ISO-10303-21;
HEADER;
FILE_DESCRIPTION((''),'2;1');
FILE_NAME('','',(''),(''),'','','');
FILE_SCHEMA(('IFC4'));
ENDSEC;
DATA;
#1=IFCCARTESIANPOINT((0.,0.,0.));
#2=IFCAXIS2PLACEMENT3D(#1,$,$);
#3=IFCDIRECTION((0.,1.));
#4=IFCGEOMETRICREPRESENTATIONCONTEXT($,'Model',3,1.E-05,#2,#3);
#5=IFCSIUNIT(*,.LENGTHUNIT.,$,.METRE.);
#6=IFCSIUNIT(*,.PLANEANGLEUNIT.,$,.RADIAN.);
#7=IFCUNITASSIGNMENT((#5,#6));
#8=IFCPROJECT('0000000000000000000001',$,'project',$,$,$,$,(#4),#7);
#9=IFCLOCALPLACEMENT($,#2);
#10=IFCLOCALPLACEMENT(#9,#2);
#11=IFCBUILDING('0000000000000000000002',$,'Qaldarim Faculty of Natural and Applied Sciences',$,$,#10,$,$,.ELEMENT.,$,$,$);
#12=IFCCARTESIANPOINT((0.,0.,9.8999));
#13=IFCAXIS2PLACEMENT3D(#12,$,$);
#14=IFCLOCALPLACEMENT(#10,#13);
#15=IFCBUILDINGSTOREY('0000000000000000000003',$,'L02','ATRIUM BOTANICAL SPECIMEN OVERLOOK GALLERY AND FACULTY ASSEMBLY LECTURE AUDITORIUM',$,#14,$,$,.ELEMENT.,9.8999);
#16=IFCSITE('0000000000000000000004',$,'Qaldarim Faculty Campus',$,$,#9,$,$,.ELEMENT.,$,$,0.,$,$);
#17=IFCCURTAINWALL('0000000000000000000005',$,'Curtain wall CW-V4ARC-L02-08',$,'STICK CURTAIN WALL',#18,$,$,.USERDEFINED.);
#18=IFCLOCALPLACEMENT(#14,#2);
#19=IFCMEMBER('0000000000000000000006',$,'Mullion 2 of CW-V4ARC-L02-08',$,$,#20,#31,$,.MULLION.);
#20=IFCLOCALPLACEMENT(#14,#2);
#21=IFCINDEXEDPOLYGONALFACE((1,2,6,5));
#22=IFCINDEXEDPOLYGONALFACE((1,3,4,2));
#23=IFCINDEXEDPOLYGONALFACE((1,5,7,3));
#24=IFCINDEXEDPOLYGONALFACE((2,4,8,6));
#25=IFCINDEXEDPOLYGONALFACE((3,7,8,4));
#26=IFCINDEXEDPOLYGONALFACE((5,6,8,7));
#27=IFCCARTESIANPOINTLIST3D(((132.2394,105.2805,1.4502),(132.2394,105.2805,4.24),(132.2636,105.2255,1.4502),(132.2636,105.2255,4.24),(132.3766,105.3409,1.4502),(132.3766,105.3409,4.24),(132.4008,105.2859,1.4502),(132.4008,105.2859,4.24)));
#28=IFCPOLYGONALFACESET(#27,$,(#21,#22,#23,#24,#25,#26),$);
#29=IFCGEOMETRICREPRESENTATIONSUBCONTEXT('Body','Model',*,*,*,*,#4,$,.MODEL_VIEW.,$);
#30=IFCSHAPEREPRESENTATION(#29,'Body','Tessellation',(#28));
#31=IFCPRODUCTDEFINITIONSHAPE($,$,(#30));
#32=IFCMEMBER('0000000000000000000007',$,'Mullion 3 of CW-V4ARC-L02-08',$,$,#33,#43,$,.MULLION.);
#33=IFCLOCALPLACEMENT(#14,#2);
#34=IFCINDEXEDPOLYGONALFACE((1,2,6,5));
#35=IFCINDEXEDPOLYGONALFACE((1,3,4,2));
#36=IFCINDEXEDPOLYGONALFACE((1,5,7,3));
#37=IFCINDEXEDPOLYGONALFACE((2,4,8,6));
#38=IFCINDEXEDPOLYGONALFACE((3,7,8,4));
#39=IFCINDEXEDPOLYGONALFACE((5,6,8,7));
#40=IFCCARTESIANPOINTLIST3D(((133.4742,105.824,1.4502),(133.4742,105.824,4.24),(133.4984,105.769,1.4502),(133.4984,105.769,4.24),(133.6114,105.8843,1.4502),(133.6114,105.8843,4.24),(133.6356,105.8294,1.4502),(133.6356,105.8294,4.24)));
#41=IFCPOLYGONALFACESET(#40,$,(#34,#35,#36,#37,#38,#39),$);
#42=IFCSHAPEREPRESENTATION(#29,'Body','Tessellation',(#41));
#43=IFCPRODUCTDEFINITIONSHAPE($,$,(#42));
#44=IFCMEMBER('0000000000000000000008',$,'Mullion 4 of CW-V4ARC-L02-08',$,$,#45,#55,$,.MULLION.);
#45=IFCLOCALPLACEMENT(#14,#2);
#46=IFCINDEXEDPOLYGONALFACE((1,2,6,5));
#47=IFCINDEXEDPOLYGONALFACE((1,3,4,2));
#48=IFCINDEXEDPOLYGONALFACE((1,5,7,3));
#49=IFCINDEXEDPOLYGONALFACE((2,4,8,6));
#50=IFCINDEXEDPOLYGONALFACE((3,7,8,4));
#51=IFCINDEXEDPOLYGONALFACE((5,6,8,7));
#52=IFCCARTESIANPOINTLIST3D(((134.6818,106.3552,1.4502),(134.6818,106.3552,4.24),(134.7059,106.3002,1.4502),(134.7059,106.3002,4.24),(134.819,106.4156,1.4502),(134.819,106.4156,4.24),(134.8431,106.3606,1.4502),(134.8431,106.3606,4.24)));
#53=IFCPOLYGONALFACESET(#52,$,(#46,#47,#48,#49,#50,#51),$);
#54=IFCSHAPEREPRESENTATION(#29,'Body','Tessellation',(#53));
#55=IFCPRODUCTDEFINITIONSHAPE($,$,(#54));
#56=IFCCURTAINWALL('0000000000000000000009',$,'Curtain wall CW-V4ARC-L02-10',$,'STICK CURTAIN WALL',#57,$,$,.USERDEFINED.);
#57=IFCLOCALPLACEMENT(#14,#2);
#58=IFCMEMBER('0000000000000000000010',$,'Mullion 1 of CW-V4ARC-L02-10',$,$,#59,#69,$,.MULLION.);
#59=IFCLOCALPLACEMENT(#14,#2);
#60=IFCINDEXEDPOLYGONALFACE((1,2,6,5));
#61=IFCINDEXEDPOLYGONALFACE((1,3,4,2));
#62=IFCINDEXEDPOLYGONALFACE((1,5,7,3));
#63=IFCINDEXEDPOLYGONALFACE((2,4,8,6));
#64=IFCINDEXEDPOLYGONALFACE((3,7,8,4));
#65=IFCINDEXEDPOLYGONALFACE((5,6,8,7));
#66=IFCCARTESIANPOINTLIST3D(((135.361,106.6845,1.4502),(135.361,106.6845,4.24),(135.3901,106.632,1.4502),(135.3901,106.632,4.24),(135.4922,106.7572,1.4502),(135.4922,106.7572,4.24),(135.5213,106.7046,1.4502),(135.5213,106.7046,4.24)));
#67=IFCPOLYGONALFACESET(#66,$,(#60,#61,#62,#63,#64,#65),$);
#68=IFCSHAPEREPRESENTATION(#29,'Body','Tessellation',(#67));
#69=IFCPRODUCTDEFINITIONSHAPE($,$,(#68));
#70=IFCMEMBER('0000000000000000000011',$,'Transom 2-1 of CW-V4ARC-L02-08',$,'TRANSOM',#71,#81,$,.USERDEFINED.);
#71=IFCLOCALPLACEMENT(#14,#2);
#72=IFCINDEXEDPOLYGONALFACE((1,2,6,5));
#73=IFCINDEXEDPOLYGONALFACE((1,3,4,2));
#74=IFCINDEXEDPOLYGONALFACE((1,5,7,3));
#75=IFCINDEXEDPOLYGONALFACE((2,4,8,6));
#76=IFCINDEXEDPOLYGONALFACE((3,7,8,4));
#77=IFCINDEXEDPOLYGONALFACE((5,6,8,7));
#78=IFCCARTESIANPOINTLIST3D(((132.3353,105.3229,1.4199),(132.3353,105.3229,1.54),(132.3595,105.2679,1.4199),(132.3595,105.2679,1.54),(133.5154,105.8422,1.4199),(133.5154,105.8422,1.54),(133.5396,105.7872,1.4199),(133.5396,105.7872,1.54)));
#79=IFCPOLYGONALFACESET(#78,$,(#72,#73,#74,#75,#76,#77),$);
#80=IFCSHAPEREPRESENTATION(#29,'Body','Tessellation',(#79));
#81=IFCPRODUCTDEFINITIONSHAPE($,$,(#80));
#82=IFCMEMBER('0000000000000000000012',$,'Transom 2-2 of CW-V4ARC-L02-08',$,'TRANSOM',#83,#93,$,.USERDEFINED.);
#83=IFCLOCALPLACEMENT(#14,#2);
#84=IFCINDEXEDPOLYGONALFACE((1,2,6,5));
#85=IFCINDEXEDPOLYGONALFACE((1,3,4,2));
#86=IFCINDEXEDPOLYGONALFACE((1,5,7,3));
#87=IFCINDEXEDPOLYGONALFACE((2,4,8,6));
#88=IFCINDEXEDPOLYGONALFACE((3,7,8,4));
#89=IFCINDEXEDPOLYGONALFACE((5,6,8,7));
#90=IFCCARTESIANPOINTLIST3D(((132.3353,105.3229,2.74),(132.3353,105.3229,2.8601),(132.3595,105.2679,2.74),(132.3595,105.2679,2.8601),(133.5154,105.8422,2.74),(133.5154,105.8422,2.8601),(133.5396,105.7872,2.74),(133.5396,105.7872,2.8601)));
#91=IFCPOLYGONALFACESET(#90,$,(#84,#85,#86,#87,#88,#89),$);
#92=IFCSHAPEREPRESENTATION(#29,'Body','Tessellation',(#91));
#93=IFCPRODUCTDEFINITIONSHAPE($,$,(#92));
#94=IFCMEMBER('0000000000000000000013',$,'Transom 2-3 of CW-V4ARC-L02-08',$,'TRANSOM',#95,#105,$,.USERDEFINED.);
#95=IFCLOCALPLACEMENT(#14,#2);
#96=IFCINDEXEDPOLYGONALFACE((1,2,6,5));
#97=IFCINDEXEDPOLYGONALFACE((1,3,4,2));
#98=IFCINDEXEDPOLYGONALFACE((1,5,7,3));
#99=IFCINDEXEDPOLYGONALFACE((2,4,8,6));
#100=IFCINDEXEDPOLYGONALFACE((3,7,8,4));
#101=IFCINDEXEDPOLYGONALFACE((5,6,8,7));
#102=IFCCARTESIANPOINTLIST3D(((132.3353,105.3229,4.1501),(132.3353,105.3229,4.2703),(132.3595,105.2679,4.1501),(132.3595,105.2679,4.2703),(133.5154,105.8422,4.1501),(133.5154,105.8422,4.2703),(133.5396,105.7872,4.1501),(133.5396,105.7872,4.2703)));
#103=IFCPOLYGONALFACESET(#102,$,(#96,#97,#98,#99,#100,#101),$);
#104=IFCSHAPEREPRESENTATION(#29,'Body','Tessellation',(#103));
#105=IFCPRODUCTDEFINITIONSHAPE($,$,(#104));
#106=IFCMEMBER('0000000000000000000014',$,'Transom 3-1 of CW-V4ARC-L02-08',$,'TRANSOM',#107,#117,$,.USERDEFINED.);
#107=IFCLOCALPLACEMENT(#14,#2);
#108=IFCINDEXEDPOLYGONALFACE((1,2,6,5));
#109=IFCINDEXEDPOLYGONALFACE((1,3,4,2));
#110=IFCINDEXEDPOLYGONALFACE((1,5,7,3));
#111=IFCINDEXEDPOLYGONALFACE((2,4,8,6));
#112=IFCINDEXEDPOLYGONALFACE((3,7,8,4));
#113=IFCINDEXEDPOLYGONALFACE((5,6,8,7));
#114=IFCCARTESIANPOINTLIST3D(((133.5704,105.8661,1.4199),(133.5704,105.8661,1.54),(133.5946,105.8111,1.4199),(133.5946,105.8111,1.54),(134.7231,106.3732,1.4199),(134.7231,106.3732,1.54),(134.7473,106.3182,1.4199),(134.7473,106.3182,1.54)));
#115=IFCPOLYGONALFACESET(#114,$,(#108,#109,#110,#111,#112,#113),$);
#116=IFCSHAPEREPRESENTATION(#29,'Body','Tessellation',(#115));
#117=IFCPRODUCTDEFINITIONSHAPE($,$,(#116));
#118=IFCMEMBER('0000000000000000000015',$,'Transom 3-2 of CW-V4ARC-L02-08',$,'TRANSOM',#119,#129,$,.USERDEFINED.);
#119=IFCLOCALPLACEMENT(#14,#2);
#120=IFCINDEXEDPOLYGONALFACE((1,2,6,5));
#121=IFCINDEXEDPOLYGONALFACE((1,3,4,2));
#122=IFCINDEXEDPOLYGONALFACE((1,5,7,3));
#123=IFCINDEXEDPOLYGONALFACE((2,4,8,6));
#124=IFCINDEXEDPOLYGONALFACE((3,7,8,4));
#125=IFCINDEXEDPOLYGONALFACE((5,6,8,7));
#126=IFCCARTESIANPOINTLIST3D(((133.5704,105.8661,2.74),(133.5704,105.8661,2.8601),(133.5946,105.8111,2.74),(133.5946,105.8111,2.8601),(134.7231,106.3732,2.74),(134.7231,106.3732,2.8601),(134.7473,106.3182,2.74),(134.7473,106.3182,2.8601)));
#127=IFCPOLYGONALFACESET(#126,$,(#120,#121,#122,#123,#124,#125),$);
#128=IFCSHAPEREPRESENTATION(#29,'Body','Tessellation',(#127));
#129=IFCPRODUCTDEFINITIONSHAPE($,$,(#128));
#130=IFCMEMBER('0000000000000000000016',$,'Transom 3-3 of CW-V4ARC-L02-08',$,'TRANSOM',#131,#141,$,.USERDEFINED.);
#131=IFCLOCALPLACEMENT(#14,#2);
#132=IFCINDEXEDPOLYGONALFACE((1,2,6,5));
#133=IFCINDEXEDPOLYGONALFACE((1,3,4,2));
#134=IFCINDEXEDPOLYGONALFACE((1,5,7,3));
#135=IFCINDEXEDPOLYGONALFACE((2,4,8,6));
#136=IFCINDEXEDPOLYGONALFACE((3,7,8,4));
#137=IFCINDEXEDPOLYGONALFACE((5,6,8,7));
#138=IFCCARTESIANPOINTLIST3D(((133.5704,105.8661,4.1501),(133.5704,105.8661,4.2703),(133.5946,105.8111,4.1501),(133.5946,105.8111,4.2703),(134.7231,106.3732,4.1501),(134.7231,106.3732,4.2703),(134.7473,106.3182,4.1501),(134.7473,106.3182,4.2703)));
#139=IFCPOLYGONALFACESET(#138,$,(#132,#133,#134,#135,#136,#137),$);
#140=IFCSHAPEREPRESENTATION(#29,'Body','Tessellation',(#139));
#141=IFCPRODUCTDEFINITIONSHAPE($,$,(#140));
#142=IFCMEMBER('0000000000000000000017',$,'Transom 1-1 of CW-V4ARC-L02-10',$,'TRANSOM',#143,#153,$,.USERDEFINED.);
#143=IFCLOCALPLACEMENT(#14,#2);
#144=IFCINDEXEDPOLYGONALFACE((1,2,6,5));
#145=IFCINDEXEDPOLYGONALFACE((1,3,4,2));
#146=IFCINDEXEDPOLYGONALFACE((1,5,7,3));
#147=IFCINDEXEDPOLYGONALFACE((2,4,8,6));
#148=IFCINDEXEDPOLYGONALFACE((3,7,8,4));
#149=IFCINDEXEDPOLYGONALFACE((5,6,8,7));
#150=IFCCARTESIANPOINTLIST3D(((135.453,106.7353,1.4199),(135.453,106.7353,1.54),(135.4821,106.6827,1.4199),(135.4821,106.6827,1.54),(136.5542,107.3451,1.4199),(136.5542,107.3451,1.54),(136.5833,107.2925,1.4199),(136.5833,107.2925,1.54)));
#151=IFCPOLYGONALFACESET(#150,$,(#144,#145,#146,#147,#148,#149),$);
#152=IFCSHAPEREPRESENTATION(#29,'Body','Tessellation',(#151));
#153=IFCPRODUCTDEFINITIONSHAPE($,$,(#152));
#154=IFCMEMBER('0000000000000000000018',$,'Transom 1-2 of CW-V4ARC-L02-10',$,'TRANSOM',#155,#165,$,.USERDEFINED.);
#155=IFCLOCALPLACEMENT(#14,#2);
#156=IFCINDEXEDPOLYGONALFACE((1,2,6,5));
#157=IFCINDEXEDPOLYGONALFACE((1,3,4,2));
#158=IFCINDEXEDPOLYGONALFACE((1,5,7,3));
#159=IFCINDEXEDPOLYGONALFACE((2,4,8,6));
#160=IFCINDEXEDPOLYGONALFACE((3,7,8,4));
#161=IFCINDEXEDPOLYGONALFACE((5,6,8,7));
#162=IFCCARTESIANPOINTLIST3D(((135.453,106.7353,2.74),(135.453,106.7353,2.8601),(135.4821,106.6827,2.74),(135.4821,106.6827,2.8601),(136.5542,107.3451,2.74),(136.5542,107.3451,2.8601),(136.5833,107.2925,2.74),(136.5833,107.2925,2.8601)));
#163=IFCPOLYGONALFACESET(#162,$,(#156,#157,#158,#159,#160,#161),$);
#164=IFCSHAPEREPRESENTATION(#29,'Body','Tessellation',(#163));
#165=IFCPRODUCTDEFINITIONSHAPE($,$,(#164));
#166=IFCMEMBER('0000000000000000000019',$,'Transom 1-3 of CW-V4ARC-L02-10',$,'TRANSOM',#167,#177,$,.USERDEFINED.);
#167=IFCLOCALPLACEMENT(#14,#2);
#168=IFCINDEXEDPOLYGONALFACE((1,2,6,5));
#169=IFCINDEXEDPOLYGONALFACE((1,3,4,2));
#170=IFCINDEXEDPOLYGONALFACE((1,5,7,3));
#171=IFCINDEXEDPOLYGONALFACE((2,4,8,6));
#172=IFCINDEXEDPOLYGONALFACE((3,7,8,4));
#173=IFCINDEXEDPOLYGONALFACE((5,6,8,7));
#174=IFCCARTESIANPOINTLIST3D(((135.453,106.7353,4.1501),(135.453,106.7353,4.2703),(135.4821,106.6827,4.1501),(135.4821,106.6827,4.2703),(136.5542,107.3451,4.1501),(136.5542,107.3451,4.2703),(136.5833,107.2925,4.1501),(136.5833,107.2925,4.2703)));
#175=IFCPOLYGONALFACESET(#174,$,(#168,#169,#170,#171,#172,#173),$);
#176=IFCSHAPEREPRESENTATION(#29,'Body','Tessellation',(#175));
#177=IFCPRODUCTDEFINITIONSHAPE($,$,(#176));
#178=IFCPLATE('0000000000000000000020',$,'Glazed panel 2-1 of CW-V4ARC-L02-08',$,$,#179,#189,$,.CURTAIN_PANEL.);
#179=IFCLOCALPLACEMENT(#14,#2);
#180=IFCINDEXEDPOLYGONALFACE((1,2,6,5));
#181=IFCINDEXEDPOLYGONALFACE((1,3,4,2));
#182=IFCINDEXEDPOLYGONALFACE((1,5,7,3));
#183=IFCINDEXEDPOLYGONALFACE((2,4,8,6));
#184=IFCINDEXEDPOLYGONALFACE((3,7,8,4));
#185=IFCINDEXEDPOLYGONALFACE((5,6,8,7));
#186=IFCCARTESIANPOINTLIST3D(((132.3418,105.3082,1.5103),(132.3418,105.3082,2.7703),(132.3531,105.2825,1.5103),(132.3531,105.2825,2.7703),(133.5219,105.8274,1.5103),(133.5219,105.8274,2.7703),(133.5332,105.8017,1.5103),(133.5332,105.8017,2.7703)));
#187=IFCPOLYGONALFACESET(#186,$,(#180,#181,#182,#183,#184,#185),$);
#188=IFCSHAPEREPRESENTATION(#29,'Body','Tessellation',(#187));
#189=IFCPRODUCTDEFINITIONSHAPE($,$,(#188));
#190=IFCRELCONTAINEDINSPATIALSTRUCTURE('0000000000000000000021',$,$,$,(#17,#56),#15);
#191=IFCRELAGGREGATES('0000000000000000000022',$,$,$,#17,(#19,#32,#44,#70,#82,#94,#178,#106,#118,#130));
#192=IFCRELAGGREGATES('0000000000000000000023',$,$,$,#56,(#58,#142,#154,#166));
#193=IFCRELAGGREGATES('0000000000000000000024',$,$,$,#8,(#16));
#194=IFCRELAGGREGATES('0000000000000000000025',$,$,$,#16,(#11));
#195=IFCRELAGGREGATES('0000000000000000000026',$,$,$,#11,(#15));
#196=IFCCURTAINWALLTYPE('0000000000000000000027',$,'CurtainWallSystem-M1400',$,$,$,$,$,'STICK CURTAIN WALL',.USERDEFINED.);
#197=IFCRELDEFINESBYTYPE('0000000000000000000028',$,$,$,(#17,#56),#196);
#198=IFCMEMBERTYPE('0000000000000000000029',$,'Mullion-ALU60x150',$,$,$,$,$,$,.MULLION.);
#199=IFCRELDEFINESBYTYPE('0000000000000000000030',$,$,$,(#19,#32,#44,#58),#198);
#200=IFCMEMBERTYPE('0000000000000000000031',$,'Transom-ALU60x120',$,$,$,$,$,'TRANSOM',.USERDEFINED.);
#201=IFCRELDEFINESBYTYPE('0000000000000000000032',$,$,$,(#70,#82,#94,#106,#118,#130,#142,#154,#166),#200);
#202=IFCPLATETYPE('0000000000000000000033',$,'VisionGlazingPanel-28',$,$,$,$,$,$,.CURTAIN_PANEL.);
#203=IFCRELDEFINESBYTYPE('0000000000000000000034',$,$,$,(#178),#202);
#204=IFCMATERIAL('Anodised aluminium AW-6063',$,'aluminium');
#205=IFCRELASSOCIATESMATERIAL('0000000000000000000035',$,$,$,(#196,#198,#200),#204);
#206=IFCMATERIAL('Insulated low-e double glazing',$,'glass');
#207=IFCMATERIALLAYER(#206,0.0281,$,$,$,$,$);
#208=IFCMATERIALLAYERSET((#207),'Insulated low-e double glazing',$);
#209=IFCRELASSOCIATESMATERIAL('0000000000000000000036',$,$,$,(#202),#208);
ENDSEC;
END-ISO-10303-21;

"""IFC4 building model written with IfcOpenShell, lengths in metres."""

from ifc_helpers import new_model, si_unit, direction, frame, origin, origin_2d, place, context, subcontext, project, spatial, rectangle, extrude, material, layer, layer_set, material_profile, profile_set, type_object, element, aggregate, save


model = new_model("IFC4")

# Units and contexts
model_context = context("Model", 3, precision=1e-05, world=origin(), true_north=direction((0.0, 1.0)))
body_context = subcontext(model_context, "Body", "Model", "MODEL_VIEW")
ifc_project = project(units=[si_unit("LENGTHUNIT", "METRE"), si_unit("PLANEANGLEUNIT", "RADIAN")], contexts=[model_context])

# Site, building, storey
site_placement = place(None, origin())
site = spatial("IfcSite", under=ifc_project, at=site_placement, Name="Qaldarim Faculty Campus", CompositionType="ELEMENT", RefElevation=0.0)
building_placement = place(site_placement, origin())
building = spatial("IfcBuilding", under=site, at=building_placement, Name="Qaldarim Faculty of Natural and Applied Sciences", CompositionType="ELEMENT")
storey_placement = place(building_placement, frame((0.0, 0.0, 9.8999)))
storey = spatial("IfcBuildingStorey", under=building, at=storey_placement, Name="L02", Description="ATRIUM BOTANICAL SPECIMEN OVERLOOK GALLERY AND FACULTY ASSEMBLY LECTURE AUDITORIUM", CompositionType="ELEMENT", Elevation=9.8999)

# Curtain wall, members
ifc_material_1 = material(Name="Anodised aluminium AW-6063", Category="aluminium")
curtain_wall_type = type_object("IfcCurtainWallType", Name="CurtainWallSystem-M1400", ElementType="STICK CURTAIN WALL", PredefinedType="USERDEFINED", material=ifc_material_1)
curtain_wall_1_placement = place(storey_placement, origin())
curtain_wall_1 = element("IfcCurtainWall", 1, at=curtain_wall_1_placement, inside=storey, type_object=curtain_wall_type, Name="Curtain wall CW-V4ARC-L02-08", ObjectType="STICK CURTAIN WALL", PredefinedType="USERDEFINED")
ifc_material_profile_1 = material_profile(ifc_material_1, rectangle(XDim=0.0601, YDim=0.1499, at=origin_2d()), Name="ALU-M60x150")
ifc_profile_set_1 = profile_set([ifc_material_profile_1], Name="Anodised aluminium AW-6063")
member_type_1 = type_object("IfcMemberType", Name="Mullion-ALU60x150", PredefinedType="MULLION", material=ifc_profile_set_1)
member_1_placement = place(storey_placement, frame((132.3201, 105.2832, 1.4502), z_axis=(0.0, 0.0, 1.0), x_axis=(-0.402699, 0.915333, 0.0)))
member_1 = element("IfcMember", 2, at=member_1_placement, type_object=member_type_1, Name="Mullion 2 of CW-V4ARC-L02-08", PredefinedType="MULLION", context=body_context, shape_type="SweptSolid", body=[
    extrude(rectangle(XDim=0.0601, YDim=0.1499, at=origin_2d()), origin(), (0.0, 0.0, 1.0), 2.7898),
])
member_2_placement = place(storey_placement, frame((133.5549, 105.8267, 1.4502), z_axis=(0.0, 0.0, 1.0), x_axis=(-0.402699, 0.915333, 0.0)))
member_2 = element("IfcMember", 3, at=member_2_placement, type_object=member_type_1, Name="Mullion 3 of CW-V4ARC-L02-08", PredefinedType="MULLION", context=body_context, shape_type="SweptSolid", body=[
    extrude(rectangle(XDim=0.0601, YDim=0.1499, at=origin_2d()), origin(), (0.0, 0.0, 1.0), 2.7898),
])
member_3_placement = place(storey_placement, frame((134.7625, 106.3579, 1.4502), z_axis=(0.0, 0.0, 1.0), x_axis=(-0.402699, 0.915333, 0.0)))
member_3 = element("IfcMember", 4, at=member_3_placement, type_object=member_type_1, Name="Mullion 4 of CW-V4ARC-L02-08", PredefinedType="MULLION", context=body_context, shape_type="SweptSolid", body=[
    extrude(rectangle(XDim=0.0601, YDim=0.1499, at=origin_2d()), origin(), (0.0, 0.0, 1.0), 2.7898),
])

# Curtain wall, member
curtain_wall_2_placement = place(storey_placement, origin())
curtain_wall_2 = element("IfcCurtainWall", 5, at=curtain_wall_2_placement, inside=storey, type_object=curtain_wall_type, Name="Curtain wall CW-V4ARC-L02-10", ObjectType="STICK CURTAIN WALL", PredefinedType="USERDEFINED")
member_4_placement = place(storey_placement, frame((135.4412, 106.6946, 1.4502), z_axis=(0.0, 0.0, 1.0), x_axis=(-0.484382, 0.874857, 0.0)))
member_4 = element("IfcMember", 6, at=member_4_placement, type_object=member_type_1, Name="Mullion 1 of CW-V4ARC-L02-10", PredefinedType="MULLION", context=body_context, shape_type="SweptSolid", body=[
    extrude(rectangle(XDim=0.0601, YDim=0.1499, at=origin_2d()), origin(), (0.0, 0.0, 1.0), 2.7898),
])

# Members
ifc_material_profile_2 = material_profile(ifc_material_1, rectangle(XDim=0.0601, YDim=0.1201, at=origin_2d()), Name="ALU-T60x120")
ifc_profile_set_2 = profile_set([ifc_material_profile_2], Name="Anodised aluminium AW-6063")
member_type_2 = type_object("IfcMemberType", Name="Transom-ALU60x120", ElementType="TRANSOM", PredefinedType="USERDEFINED", material=ifc_profile_set_2)
member_5_placement = place(storey_placement, frame((132.3474, 105.2954, 1.48), z_axis=(0.915312, 0.402745, 0.0), x_axis=(-0.402745, 0.915312, 0.0)))
member_5 = element("IfcMember", 7, at=member_5_placement, type_object=member_type_2, Name="Transom 2-1 of CW-V4ARC-L02-08", ObjectType="TRANSOM", PredefinedType="USERDEFINED", context=body_context, shape_type="SweptSolid", body=[
    extrude(rectangle(XDim=0.0601, YDim=0.1201, at=origin_2d()), origin(), (0.0, 0.0, 1.0), 1.2893),
])
member_6_placement = place(storey_placement, frame((132.3474, 105.2954, 2.8), z_axis=(0.915312, 0.402745, 0.0), x_axis=(-0.402745, 0.915312, 0.0)))
member_6 = element("IfcMember", 8, at=member_6_placement, type_object=member_type_2, Name="Transom 2-2 of CW-V4ARC-L02-08", ObjectType="TRANSOM", PredefinedType="USERDEFINED", context=body_context, shape_type="SweptSolid", body=[
    extrude(rectangle(XDim=0.0601, YDim=0.1201, at=origin_2d()), origin(), (0.0, 0.0, 1.0), 1.2893),
])
member_7_placement = place(storey_placement, frame((132.3474, 105.2954, 4.2102), z_axis=(0.915312, 0.402745, 0.0), x_axis=(-0.402745, 0.915312, 0.0)))
member_7 = element("IfcMember", 9, at=member_7_placement, type_object=member_type_2, Name="Transom 2-3 of CW-V4ARC-L02-08", ObjectType="TRANSOM", PredefinedType="USERDEFINED", context=body_context, shape_type="SweptSolid", body=[
    extrude(rectangle(XDim=0.0601, YDim=0.1201, at=origin_2d()), origin(), (0.0, 0.0, 1.0), 1.2893),
])
member_8_placement = place(storey_placement, frame((133.5825, 105.8386, 1.48), z_axis=(0.915332, 0.4027, 0.0), x_axis=(-0.4027, 0.915332, 0.0)))
member_8 = element("IfcMember", 10, at=member_8_placement, type_object=member_type_2, Name="Transom 3-1 of CW-V4ARC-L02-08", ObjectType="TRANSOM", PredefinedType="USERDEFINED", context=body_context, shape_type="SweptSolid", body=[
    extrude(rectangle(XDim=0.0601, YDim=0.1201, at=origin_2d()), origin(), (0.0, 0.0, 1.0), 1.2593),
])
member_9_placement = place(storey_placement, frame((133.5825, 105.8386, 2.8), z_axis=(0.915332, 0.4027, 0.0), x_axis=(-0.4027, 0.915332, 0.0)))
member_9 = element("IfcMember", 11, at=member_9_placement, type_object=member_type_2, Name="Transom 3-2 of CW-V4ARC-L02-08", ObjectType="TRANSOM", PredefinedType="USERDEFINED", context=body_context, shape_type="SweptSolid", body=[
    extrude(rectangle(XDim=0.0601, YDim=0.1201, at=origin_2d()), origin(), (0.0, 0.0, 1.0), 1.2593),
])
member_10_placement = place(storey_placement, frame((133.5825, 105.8386, 4.2102), z_axis=(0.915332, 0.4027, 0.0), x_axis=(-0.4027, 0.915332, 0.0)))
member_10 = element("IfcMember", 12, at=member_10_placement, type_object=member_type_2, Name="Transom 3-3 of CW-V4ARC-L02-08", ObjectType="TRANSOM", PredefinedType="USERDEFINED", context=body_context, shape_type="SweptSolid", body=[
    extrude(rectangle(XDim=0.0601, YDim=0.1201, at=origin_2d()), origin(), (0.0, 0.0, 1.0), 1.2593),
])
member_11_placement = place(storey_placement, frame((135.4675, 106.709, 1.48), z_axis=(0.874824, 0.48444, 0.0), x_axis=(-0.48444, 0.874824, 0.0)))
member_11 = element("IfcMember", 13, at=member_11_placement, type_object=member_type_2, Name="Transom 1-1 of CW-V4ARC-L02-10", ObjectType="TRANSOM", PredefinedType="USERDEFINED", context=body_context, shape_type="SweptSolid", body=[
    extrude(rectangle(XDim=0.0601, YDim=0.1201, at=origin_2d()), origin(), (0.0, 0.0, 1.0), 1.2588),
])
member_12_placement = place(storey_placement, frame((135.4675, 106.709, 2.8), z_axis=(0.874824, 0.48444, 0.0), x_axis=(-0.48444, 0.874824, 0.0)))
member_12 = element("IfcMember", 14, at=member_12_placement, type_object=member_type_2, Name="Transom 1-2 of CW-V4ARC-L02-10", ObjectType="TRANSOM", PredefinedType="USERDEFINED", context=body_context, shape_type="SweptSolid", body=[
    extrude(rectangle(XDim=0.0601, YDim=0.1201, at=origin_2d()), origin(), (0.0, 0.0, 1.0), 1.2588),
])
member_13_placement = place(storey_placement, frame((135.4675, 106.709, 4.2102), z_axis=(0.874824, 0.48444, 0.0), x_axis=(-0.48444, 0.874824, 0.0)))
member_13 = element("IfcMember", 15, at=member_13_placement, type_object=member_type_2, Name="Transom 1-3 of CW-V4ARC-L02-10", ObjectType="TRANSOM", PredefinedType="USERDEFINED", context=body_context, shape_type="SweptSolid", body=[
    extrude(rectangle(XDim=0.0601, YDim=0.1201, at=origin_2d()), origin(), (0.0, 0.0, 1.0), 1.2588),
])

# Plate
ifc_material_2 = material(Name="Insulated low-e double glazing", Category="glass")
ifc_layer_1 = layer(ifc_material_2, 0.0281)
ifc_layer_set_1 = layer_set([ifc_layer_1], Name="Insulated low-e double glazing")
plate_type = type_object("IfcPlateType", Name="VisionGlazingPanel-28", PredefinedType="CURTAIN_PANEL", material=ifc_layer_set_1)
plate_1_placement = place(storey_placement, frame((132.9375, 105.5549, 1.5103), z_axis=(0.0, 0.0, 1.0), x_axis=(0.915333, 0.402699, 0.0)))
plate_1 = element("IfcPlate", 16, at=plate_1_placement, type_object=plate_type, Name="Glazed panel 2-1 of CW-V4ARC-L02-08", PredefinedType="CURTAIN_PANEL", context=body_context, shape_type="SweptSolid", body=[
    extrude(rectangle(XDim=1.2893, YDim=0.0281, at=origin_2d()), origin(), (0.0, 0.0, 1.0), 1.26),
])
aggregate(curtain_wall_1, [member_1, member_2, member_3, member_5, member_6, member_7, plate_1, member_8, member_9, member_10])
aggregate(curtain_wall_2, [member_4, member_11, member_12, member_13])

save(model, "model.ifc")
